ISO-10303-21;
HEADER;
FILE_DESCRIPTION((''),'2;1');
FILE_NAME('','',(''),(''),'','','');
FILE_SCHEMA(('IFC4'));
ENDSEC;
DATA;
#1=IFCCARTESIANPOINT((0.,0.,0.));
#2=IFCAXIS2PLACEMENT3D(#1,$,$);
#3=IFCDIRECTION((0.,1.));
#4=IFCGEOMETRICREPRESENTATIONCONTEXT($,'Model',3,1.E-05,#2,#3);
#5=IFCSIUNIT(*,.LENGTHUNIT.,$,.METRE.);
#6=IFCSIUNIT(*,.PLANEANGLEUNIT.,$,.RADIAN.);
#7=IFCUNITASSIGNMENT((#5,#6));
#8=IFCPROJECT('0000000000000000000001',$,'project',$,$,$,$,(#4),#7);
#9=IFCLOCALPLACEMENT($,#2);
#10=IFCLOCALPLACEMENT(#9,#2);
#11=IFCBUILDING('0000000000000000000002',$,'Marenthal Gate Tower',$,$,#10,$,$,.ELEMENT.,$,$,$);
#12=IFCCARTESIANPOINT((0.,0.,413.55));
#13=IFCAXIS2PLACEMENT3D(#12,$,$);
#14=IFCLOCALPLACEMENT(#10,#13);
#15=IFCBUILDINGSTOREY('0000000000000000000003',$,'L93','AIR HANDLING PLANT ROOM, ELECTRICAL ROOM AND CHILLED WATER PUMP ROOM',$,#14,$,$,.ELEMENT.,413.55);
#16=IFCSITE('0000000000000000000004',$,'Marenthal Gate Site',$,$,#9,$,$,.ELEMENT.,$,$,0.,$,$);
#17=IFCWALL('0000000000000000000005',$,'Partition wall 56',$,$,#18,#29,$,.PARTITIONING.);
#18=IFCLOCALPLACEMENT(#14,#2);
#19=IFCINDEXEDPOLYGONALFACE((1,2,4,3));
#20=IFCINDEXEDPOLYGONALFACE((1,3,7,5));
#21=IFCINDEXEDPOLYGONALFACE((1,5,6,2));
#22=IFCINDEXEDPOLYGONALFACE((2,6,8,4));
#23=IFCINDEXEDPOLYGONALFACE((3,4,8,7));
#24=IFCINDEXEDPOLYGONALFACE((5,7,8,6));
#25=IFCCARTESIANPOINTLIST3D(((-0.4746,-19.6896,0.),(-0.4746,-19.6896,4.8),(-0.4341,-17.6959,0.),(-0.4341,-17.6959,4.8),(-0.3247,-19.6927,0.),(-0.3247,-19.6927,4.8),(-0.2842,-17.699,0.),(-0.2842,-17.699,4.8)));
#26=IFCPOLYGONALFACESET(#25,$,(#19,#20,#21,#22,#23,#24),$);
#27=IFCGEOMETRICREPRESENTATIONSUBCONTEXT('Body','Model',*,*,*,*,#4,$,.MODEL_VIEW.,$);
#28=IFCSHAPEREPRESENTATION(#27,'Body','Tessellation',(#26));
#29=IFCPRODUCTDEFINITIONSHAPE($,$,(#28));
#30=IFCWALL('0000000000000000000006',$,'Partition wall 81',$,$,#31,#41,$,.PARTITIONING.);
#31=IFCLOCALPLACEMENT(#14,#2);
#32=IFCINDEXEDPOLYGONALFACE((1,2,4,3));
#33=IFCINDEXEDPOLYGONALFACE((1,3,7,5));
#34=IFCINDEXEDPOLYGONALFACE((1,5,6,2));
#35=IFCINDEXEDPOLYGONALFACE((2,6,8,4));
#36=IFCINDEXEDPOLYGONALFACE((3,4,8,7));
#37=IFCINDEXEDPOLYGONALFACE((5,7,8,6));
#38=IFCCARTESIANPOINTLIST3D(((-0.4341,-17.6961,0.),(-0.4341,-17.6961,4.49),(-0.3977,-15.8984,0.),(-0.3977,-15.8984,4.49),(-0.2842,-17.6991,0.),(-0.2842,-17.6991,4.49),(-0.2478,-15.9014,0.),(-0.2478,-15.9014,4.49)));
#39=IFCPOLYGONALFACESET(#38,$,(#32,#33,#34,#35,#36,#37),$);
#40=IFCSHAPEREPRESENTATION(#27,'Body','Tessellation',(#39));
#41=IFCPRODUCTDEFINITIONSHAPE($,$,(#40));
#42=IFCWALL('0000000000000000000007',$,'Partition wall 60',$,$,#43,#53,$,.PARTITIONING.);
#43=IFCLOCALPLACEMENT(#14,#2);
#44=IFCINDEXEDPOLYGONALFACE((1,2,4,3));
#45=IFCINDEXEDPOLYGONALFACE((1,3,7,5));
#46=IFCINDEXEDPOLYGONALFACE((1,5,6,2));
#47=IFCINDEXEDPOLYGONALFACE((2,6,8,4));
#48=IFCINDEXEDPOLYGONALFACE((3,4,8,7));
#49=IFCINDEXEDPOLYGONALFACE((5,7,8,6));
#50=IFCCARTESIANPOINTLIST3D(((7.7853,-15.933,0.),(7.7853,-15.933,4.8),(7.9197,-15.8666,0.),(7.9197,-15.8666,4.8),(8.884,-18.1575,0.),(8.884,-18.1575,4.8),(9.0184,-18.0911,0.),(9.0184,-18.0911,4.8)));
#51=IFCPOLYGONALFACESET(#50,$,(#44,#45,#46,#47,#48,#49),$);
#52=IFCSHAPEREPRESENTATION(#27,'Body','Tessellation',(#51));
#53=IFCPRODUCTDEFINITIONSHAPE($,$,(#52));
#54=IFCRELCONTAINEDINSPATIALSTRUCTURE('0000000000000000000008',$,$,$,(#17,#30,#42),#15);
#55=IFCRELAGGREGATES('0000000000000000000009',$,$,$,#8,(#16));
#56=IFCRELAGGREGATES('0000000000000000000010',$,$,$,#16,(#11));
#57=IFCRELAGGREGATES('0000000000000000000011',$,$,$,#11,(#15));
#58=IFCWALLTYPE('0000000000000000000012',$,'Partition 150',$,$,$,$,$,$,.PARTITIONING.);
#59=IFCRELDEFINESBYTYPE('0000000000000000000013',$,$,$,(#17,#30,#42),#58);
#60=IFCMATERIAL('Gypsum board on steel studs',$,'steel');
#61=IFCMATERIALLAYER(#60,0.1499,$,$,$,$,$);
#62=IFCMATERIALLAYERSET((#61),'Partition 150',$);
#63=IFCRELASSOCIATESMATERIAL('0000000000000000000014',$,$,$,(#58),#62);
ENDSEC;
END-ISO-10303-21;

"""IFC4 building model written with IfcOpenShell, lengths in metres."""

from ifc_helpers import new_model, si_unit, direction, frame, frame_2d, origin, place, context, subcontext, project, spatial, rectangle, extrude, material, layer, layer_set, type_object, element, save


model = new_model("IFC4")

# Units and contexts
model_context = context("Model", 3, precision=1e-05, world=origin(), true_north=direction((0.0, 1.0)))
body_context = subcontext(model_context, "Body", "Model", "MODEL_VIEW")
ifc_project = project(units=[si_unit("LENGTHUNIT", "METRE"), si_unit("PLANEANGLEUNIT", "RADIAN")], contexts=[model_context])

# Site, building, storey
site_placement = place(None, origin())
site = spatial("IfcSite", under=ifc_project, at=site_placement, Name="Marenthal Gate Site", CompositionType="ELEMENT", RefElevation=0.0)
building_placement = place(site_placement, origin())
building = spatial("IfcBuilding", under=site, at=building_placement, Name="Marenthal Gate Tower", CompositionType="ELEMENT")
storey_placement = place(building_placement, frame((0.0, 0.0, 413.55)))
storey = spatial("IfcBuildingStorey", under=building, at=storey_placement, Name="L93", Description="AIR HANDLING PLANT ROOM, ELECTRICAL ROOM AND CHILLED WATER PUMP ROOM", CompositionType="ELEMENT", Elevation=413.55)

# Shared definitions
ifc_material_1 = material(Name="Gypsum board on steel studs", Category="steel")
ifc_layer_1 = layer(ifc_material_1, 0.1499)
ifc_layer_set_1 = layer_set([ifc_layer_1], Name="Partition 150")
wall_type_1 = type_object("IfcWallType", Name="Partition 150", PredefinedType="PARTITIONING", material=ifc_layer_set_1)

# Walls
wall_1_placement = place(storey_placement, frame((-0.3997, -19.6912, 0.0), z_axis=(0.0, 0.0, 1.0), x_axis=(0.020324, 0.999793, 0.0)))
element("IfcWall", 1, at=wall_1_placement, inside=storey, type_object=wall_type_1, Name="Partition wall 56", PredefinedType="PARTITIONING", context=body_context, shape_type="SweptSolid", body=[
    extrude(rectangle(XDim=1.9941, YDim=0.1499, at=frame_2d((0.9971, 0.0))), origin(), (0.0, 0.0, 1.0), 4.8),
])
wall_2_placement = place(storey_placement, frame((-0.3591, -17.6975, 0.0), z_axis=(0.0, 0.0, 1.0), x_axis=(0.020232, 0.999795, 0.0)))
element("IfcWall", 2, at=wall_2_placement, inside=storey, type_object=wall_type_1, Name="Partition wall 81", PredefinedType="PARTITIONING", context=body_context, shape_type="SweptSolid", body=[
    extrude(rectangle(XDim=1.7981, YDim=0.1499, at=frame_2d((0.8989, 0.0))), origin(), (0.0, 0.0, 1.0), 4.49),
])
wall_3_placement = place(storey_placement, frame((8.9512, -18.1243, 0.0), z_axis=(0.0, 0.0, 1.0), x_axis=(-0.442839, 0.896601, 0.0)))
element("IfcWall", 3, at=wall_3_placement, inside=storey, type_object=wall_type_1, Name="Partition wall 60", PredefinedType="PARTITIONING", context=body_context, shape_type="SweptSolid", body=[
    extrude(rectangle(XDim=2.481, YDim=0.1499, at=frame_2d((1.2405, 0.0))), origin(), (0.0, 0.0, 1.0), 4.8),
])

save(model, "model.ifc")
